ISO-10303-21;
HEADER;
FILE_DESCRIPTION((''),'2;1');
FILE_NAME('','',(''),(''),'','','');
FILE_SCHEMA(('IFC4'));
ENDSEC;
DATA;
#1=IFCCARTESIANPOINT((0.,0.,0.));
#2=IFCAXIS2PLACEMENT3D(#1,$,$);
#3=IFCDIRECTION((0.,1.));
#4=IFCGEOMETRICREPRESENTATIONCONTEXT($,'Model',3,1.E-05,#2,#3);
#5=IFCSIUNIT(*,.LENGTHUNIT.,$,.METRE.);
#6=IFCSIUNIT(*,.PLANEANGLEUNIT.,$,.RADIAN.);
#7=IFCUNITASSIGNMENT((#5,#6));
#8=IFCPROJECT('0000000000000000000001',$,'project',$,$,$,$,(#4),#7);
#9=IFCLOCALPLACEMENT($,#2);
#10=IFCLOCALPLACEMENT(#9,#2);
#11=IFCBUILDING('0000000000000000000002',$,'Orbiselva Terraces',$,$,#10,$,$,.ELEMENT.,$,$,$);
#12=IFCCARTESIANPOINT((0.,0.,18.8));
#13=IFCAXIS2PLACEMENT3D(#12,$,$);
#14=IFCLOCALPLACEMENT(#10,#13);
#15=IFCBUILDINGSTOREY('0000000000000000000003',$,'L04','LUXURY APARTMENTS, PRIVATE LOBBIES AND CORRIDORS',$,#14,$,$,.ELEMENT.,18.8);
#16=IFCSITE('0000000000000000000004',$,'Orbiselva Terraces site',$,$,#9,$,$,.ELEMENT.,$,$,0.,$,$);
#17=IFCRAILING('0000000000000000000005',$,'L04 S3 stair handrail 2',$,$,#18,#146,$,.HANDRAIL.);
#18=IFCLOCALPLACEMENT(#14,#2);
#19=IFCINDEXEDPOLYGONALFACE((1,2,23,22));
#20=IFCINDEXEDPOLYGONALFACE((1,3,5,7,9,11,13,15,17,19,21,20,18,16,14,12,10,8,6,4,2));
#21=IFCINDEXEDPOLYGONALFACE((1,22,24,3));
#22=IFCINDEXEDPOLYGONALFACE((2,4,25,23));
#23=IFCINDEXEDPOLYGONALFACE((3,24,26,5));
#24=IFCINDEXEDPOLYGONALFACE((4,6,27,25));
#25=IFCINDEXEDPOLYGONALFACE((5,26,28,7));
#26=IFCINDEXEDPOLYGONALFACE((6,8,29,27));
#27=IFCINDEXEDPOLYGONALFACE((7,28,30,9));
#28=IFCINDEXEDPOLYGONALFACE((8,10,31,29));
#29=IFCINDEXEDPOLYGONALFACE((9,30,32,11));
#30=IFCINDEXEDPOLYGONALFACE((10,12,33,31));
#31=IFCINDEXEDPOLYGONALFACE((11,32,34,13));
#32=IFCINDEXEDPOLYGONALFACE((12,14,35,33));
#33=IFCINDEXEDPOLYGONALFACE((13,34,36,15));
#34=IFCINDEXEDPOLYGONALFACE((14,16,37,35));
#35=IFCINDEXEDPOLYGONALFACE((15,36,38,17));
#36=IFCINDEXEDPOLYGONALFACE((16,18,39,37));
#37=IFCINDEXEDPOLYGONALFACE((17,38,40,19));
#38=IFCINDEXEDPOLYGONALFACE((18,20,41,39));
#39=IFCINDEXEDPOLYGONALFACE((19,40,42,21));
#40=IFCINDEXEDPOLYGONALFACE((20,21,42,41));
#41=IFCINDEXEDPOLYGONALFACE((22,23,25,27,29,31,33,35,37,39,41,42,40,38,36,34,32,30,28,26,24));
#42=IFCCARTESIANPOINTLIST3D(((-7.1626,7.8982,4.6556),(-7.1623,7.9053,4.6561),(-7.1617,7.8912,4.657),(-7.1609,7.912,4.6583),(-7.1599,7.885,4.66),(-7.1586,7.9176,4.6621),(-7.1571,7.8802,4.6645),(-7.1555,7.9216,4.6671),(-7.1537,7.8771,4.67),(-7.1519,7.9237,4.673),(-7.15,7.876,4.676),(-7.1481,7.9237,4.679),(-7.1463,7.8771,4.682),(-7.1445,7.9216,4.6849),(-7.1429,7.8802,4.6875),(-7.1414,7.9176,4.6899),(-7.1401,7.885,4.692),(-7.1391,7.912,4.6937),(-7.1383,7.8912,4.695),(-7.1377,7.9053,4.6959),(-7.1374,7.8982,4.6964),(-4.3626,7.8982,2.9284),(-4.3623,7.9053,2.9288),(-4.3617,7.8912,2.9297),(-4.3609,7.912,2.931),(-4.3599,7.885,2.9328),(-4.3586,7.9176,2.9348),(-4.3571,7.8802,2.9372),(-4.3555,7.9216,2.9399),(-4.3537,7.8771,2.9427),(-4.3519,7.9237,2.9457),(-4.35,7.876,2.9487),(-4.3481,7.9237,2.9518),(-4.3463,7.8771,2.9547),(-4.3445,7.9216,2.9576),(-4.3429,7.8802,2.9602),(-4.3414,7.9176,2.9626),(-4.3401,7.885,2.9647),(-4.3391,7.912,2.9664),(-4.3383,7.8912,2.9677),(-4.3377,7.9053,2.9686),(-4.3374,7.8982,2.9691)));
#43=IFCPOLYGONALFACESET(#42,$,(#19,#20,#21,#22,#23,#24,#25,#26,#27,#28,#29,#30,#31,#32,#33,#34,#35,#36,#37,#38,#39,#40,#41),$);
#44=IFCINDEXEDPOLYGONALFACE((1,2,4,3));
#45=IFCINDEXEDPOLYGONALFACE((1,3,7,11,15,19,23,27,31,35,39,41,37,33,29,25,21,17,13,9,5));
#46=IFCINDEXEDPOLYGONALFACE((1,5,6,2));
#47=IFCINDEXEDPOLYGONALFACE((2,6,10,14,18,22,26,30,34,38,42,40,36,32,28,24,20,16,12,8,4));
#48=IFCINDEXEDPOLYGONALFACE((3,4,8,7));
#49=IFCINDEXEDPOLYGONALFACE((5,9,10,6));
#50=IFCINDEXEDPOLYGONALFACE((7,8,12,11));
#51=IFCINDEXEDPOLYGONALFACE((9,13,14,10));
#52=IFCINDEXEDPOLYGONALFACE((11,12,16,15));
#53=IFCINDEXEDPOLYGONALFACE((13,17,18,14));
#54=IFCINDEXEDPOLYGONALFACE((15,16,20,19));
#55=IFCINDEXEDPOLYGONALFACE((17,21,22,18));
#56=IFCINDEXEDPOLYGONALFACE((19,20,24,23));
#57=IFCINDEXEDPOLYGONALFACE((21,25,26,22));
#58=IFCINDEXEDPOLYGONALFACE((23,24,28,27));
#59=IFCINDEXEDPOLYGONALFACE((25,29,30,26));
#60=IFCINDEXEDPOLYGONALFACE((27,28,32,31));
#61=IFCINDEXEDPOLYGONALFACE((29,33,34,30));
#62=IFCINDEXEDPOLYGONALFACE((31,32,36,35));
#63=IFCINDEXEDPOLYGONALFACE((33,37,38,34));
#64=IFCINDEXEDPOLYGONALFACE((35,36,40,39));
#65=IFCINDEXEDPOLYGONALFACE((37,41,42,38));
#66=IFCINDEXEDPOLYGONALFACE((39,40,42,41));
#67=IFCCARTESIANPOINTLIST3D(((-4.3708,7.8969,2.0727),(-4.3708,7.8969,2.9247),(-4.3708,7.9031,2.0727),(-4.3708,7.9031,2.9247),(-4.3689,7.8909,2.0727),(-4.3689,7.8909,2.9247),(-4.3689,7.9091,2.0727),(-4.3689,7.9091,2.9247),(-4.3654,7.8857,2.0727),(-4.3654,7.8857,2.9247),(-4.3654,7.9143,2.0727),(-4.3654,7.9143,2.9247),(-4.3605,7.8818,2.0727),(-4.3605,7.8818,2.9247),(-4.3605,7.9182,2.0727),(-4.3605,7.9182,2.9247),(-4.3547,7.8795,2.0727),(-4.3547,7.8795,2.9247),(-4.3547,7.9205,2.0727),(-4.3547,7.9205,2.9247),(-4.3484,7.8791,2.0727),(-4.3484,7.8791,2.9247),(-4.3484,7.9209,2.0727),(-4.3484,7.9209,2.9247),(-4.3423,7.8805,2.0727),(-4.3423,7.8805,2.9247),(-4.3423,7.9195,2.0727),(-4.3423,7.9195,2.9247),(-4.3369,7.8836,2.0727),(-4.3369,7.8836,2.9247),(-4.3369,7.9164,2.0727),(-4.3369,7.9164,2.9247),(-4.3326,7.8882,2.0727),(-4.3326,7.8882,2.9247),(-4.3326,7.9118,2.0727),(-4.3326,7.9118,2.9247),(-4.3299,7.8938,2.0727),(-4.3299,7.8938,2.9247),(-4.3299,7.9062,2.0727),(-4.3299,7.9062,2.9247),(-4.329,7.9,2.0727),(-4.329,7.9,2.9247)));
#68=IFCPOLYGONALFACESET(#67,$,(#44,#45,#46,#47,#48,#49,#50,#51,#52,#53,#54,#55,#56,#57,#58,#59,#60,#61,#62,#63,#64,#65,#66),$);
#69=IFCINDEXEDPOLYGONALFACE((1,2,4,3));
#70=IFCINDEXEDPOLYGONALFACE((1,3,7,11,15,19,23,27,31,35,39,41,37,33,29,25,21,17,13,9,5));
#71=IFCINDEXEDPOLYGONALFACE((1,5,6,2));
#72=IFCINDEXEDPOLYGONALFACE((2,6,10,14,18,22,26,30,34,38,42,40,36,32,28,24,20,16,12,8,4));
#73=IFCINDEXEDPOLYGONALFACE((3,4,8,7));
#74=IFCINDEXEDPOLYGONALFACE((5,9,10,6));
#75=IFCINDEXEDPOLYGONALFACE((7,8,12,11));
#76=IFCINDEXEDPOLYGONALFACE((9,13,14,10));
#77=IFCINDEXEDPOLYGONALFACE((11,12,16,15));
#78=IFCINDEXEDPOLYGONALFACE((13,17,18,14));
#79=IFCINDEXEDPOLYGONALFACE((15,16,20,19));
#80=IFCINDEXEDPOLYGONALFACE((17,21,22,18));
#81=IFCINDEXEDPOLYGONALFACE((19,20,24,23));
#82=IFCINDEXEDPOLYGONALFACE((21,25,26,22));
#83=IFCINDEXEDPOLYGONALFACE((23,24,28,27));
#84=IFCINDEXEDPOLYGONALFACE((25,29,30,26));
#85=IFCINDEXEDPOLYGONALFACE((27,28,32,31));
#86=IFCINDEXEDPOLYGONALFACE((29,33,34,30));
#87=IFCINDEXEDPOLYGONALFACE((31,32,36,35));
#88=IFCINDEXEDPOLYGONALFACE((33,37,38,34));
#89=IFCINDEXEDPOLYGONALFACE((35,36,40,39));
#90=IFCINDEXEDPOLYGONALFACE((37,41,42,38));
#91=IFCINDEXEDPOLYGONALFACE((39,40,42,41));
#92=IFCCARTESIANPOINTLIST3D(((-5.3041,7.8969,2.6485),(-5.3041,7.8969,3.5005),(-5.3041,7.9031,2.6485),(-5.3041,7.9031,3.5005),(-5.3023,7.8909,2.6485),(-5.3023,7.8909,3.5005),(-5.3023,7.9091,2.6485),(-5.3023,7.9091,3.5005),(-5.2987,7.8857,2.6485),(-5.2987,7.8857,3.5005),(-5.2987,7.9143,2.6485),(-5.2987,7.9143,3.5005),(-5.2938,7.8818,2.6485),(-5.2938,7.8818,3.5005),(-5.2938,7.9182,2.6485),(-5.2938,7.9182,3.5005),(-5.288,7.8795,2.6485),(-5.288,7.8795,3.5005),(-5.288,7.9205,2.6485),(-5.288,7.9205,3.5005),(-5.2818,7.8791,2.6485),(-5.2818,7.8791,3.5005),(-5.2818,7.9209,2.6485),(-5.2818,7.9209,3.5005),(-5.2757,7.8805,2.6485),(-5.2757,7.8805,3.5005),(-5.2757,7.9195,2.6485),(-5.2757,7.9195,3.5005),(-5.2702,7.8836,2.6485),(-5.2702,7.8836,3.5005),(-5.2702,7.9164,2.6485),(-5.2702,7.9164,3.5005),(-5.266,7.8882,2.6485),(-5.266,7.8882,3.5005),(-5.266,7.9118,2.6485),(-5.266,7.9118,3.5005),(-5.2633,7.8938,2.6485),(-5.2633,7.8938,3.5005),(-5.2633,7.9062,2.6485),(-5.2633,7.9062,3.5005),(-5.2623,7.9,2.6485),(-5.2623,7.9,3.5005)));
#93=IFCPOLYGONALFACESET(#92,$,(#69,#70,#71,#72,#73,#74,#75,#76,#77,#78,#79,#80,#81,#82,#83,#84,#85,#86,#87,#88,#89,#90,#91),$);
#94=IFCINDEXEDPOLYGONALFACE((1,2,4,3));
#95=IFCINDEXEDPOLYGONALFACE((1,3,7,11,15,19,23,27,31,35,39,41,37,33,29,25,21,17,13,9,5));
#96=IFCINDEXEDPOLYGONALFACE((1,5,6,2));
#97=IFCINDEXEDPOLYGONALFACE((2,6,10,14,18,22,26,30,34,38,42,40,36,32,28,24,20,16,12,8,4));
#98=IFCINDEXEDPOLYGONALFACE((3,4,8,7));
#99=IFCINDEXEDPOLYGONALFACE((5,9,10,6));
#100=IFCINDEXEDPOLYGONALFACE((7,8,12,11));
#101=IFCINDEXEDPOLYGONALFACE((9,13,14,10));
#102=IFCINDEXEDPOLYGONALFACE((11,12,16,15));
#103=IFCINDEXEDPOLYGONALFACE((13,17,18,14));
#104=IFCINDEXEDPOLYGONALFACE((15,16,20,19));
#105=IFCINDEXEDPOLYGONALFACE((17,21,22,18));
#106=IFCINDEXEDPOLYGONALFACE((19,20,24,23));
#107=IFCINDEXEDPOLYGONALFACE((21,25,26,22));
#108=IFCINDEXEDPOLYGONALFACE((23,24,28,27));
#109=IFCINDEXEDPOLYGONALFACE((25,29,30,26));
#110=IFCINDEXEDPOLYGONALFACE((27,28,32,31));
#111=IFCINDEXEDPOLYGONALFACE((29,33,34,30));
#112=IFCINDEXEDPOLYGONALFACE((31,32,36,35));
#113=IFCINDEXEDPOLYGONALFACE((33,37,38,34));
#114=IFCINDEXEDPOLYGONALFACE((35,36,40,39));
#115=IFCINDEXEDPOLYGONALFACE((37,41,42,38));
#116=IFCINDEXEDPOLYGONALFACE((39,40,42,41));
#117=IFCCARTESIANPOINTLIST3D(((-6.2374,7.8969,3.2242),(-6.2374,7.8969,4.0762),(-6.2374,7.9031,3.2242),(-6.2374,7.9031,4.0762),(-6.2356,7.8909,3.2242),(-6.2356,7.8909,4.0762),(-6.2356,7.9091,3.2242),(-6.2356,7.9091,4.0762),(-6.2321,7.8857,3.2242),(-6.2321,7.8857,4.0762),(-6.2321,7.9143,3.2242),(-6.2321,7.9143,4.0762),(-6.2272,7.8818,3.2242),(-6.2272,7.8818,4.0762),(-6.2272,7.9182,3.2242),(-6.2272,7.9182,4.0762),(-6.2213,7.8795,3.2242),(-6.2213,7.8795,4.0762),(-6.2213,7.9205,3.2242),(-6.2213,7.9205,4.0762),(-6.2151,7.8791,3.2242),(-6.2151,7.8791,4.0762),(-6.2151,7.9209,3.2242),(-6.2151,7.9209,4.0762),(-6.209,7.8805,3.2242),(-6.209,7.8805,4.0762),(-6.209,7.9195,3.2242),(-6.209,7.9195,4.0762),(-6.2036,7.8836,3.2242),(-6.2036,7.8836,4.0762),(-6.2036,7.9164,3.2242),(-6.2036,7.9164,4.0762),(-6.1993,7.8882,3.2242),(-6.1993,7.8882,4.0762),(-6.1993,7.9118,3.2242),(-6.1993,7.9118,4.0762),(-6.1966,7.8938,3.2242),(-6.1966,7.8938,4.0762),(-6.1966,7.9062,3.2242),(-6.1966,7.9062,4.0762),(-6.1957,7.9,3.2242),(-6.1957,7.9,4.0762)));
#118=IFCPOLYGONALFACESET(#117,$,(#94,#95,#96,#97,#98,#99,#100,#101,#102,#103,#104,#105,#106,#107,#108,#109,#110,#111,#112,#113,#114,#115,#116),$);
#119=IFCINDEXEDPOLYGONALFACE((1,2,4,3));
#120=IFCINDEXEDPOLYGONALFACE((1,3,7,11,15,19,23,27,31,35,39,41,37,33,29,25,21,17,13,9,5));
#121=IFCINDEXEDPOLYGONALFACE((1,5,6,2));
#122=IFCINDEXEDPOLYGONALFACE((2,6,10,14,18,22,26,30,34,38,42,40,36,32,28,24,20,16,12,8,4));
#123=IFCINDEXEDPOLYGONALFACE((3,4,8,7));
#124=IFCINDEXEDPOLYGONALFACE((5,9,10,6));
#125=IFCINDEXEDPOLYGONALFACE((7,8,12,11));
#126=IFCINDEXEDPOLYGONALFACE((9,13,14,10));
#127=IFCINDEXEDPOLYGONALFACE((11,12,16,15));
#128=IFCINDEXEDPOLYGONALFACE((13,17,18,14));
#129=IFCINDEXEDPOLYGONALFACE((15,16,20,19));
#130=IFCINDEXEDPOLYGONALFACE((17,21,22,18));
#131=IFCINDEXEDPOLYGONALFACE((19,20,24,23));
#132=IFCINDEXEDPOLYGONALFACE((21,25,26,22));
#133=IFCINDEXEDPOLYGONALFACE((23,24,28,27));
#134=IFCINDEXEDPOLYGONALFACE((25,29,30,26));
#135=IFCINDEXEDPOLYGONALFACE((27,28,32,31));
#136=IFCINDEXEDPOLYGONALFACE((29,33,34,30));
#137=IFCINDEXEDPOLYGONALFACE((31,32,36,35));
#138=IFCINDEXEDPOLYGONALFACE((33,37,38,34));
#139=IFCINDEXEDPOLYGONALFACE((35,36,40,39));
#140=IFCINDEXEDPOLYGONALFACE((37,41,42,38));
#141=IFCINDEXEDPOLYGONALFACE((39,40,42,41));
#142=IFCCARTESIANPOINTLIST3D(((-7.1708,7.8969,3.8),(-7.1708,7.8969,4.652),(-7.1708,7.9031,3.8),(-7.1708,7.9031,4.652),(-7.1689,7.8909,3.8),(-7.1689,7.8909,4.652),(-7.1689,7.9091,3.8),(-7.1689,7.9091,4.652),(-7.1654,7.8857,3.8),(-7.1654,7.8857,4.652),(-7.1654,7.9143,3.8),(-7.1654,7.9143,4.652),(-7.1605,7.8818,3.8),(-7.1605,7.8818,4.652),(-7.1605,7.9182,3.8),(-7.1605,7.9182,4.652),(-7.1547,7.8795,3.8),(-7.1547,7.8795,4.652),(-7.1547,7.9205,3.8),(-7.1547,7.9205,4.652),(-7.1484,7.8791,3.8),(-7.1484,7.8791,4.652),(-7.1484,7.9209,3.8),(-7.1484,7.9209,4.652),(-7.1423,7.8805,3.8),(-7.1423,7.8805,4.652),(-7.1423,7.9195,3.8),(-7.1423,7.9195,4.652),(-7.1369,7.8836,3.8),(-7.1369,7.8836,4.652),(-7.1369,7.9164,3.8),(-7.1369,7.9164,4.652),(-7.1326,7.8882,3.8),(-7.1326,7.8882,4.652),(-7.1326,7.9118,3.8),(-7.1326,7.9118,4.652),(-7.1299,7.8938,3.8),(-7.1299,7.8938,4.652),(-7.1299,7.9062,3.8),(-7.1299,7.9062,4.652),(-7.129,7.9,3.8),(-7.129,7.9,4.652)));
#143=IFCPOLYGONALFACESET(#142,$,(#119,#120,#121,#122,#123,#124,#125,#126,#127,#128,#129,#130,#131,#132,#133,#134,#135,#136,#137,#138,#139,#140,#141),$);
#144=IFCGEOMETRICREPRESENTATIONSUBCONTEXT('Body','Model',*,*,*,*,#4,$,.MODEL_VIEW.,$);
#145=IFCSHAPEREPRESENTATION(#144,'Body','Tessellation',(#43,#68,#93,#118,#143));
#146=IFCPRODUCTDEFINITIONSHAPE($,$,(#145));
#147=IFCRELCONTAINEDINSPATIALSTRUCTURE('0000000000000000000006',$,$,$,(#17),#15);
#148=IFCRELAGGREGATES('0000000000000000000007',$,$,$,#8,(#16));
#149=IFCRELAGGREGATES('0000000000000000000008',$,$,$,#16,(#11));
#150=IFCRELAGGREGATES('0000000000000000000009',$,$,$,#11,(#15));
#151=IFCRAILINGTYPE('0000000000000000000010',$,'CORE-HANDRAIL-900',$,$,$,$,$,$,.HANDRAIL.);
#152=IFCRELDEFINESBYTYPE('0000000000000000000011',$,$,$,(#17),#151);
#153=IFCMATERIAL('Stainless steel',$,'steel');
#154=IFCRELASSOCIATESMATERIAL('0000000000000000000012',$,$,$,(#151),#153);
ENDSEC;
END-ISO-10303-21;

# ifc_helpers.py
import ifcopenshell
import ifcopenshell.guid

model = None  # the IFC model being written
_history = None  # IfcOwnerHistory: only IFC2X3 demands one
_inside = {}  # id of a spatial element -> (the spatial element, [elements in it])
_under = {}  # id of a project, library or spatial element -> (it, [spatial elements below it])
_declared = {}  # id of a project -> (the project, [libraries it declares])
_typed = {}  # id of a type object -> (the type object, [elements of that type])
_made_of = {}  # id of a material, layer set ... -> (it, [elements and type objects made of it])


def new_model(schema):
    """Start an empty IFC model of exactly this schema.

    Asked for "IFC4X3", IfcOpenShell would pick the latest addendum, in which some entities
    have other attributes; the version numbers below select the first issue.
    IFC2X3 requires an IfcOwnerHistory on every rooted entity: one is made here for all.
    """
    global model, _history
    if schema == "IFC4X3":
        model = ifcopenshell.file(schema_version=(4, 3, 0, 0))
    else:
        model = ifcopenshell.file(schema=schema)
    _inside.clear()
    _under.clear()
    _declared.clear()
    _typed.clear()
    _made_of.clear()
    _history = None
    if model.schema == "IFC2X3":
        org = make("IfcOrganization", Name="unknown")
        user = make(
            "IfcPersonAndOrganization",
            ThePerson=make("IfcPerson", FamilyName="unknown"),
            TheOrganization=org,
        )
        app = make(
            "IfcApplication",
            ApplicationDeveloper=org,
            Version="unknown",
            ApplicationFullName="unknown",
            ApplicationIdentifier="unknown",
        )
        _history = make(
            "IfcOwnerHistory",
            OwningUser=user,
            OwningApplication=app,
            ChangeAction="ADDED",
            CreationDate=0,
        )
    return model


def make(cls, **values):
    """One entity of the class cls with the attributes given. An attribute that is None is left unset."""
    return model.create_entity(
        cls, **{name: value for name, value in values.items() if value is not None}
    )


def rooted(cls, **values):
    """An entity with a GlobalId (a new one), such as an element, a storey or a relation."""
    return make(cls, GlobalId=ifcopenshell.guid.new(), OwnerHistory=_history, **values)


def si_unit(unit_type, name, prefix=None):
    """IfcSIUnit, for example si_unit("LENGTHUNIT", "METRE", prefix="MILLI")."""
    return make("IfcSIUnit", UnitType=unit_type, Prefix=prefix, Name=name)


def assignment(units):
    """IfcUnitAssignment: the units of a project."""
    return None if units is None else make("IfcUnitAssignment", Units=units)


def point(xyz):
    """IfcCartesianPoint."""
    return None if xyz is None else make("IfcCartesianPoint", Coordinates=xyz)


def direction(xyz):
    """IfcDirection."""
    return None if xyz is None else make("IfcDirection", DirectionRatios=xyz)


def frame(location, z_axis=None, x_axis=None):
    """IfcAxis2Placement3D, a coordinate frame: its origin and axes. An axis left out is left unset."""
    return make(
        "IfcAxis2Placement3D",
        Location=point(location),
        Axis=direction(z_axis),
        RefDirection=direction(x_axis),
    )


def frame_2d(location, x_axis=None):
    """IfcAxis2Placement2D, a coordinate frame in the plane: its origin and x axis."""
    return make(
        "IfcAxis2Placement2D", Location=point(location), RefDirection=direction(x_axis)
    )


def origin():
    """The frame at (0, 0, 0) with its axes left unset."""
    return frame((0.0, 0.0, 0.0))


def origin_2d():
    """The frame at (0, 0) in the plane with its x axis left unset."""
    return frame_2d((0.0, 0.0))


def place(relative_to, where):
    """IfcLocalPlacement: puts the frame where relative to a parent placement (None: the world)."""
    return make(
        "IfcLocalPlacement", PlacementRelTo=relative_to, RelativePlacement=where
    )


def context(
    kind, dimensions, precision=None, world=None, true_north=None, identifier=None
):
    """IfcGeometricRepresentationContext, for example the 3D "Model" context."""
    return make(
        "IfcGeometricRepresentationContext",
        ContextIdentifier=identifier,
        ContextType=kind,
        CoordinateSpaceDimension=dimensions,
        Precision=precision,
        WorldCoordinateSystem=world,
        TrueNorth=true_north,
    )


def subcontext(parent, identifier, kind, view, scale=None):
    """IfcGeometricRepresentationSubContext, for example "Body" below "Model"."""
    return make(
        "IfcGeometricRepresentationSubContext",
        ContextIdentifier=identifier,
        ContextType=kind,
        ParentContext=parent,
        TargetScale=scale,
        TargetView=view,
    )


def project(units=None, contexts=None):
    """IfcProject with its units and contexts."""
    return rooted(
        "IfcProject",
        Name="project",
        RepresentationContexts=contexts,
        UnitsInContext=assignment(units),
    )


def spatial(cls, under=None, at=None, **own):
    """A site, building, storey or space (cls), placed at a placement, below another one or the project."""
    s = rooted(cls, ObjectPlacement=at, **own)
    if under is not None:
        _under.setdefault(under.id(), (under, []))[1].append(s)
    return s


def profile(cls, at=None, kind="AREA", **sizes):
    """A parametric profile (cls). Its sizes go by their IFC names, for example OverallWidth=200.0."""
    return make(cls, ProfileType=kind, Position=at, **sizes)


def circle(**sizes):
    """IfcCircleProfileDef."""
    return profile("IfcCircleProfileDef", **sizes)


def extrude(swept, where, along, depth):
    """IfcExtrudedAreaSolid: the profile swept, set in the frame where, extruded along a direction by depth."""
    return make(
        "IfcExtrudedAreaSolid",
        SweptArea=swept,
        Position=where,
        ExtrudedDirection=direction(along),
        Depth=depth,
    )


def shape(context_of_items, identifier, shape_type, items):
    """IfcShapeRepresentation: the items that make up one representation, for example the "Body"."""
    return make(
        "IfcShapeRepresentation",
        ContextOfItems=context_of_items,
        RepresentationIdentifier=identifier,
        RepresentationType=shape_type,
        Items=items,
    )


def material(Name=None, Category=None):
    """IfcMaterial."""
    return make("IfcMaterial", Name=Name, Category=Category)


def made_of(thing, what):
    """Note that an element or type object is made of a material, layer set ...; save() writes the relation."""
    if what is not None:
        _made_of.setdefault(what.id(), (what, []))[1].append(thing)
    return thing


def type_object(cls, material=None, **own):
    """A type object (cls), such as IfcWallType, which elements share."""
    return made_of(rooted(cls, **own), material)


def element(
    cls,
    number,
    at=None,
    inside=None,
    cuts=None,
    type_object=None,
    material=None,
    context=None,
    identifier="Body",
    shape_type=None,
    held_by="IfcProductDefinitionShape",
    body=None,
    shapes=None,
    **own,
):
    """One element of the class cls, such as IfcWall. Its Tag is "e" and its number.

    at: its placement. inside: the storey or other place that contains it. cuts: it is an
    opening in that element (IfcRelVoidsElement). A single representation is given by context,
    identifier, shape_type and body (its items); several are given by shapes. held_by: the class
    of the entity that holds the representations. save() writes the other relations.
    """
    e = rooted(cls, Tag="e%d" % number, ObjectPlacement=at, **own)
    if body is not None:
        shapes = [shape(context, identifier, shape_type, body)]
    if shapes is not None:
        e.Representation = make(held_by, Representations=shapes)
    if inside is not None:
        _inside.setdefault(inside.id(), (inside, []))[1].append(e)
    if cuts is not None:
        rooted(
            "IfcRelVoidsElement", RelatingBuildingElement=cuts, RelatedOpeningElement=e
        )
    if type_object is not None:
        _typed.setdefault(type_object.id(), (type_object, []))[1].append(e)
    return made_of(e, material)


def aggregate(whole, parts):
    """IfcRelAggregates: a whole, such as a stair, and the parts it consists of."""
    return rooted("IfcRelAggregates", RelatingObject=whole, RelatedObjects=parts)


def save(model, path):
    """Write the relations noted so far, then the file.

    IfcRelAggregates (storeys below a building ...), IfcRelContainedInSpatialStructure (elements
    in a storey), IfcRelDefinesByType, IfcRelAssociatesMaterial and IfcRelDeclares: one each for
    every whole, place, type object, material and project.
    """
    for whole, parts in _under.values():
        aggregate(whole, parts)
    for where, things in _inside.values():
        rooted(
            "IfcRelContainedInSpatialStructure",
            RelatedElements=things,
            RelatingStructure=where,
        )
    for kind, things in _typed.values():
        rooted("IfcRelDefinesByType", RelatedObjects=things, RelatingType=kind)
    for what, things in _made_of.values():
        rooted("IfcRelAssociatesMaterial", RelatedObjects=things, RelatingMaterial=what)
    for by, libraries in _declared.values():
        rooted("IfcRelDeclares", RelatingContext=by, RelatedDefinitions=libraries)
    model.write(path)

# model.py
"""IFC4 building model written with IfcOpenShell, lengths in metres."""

from ifc_helpers import new_model, si_unit, direction, frame, origin, origin_2d, place, context, subcontext, project, spatial, circle, extrude, material, type_object, element, save


model = new_model("IFC4")

# Units and contexts
model_context = context("Model", 3, precision=1e-05, world=origin(), true_north=direction((0.0, 1.0)))
body_context = subcontext(model_context, "Body", "Model", "MODEL_VIEW")
ifc_project = project(units=[si_unit("LENGTHUNIT", "METRE"), si_unit("PLANEANGLEUNIT", "RADIAN")], contexts=[model_context])

# Site, building, storey
site_placement = place(None, origin())
site = spatial("IfcSite", under=ifc_project, at=site_placement, Name="Orbiselva Terraces site", CompositionType="ELEMENT", RefElevation=0.0)
building_placement = place(site_placement, origin())
building = spatial("IfcBuilding", under=site, at=building_placement, Name="Orbiselva Terraces", CompositionType="ELEMENT")
storey_placement = place(building_placement, frame((0.0, 0.0, 18.8)))
storey = spatial("IfcBuildingStorey", under=building, at=storey_placement, Name="L04", Description="LUXURY APARTMENTS, PRIVATE LOBBIES AND CORRIDORS", CompositionType="ELEMENT", Elevation=18.8)

# Railing
ifc_material_1 = material(Name="Stainless steel", Category="steel")
railing_type_1 = type_object("IfcRailingType", Name="CORE-HANDRAIL-900", PredefinedType="HANDRAIL", material=ifc_material_1)
railing_1_placement = place(storey_placement, frame((-4.35, 7.9, 2.0727)))
element("IfcRailing", 1, at=railing_1_placement, inside=storey, type_object=railing_type_1, Name="L04 S3 stair handrail 2", PredefinedType="HANDRAIL", context=body_context, shape_type="SweptSolid", body=[
    extrude(circle(Radius=0.024, at=origin_2d()), frame((0.0, 0.0, 0.876), z_axis=(-0.851089, 0.0, 0.525022), x_axis=(0.0, -1.0, 0.0)), (0.0, 0.0, 1.0), 3.2899),
    extrude(circle(Radius=0.021, at=origin_2d()), origin(), (0.0, 0.0, 1.0), 0.852),
    extrude(circle(Radius=0.021, at=origin_2d()), frame((-0.9333, 0.0, 0.5758)), (0.0, 0.0, 1.0), 0.852),
    extrude(circle(Radius=0.021, at=origin_2d()), frame((-1.8667, 0.0, 1.1515)), (0.0, 0.0, 1.0), 0.852),
    extrude(circle(Radius=0.021, at=origin_2d()), frame((-2.8, 0.0, 1.7273)), (0.0, 0.0, 1.0), 0.852),
])

save(model, "model.ifc")
